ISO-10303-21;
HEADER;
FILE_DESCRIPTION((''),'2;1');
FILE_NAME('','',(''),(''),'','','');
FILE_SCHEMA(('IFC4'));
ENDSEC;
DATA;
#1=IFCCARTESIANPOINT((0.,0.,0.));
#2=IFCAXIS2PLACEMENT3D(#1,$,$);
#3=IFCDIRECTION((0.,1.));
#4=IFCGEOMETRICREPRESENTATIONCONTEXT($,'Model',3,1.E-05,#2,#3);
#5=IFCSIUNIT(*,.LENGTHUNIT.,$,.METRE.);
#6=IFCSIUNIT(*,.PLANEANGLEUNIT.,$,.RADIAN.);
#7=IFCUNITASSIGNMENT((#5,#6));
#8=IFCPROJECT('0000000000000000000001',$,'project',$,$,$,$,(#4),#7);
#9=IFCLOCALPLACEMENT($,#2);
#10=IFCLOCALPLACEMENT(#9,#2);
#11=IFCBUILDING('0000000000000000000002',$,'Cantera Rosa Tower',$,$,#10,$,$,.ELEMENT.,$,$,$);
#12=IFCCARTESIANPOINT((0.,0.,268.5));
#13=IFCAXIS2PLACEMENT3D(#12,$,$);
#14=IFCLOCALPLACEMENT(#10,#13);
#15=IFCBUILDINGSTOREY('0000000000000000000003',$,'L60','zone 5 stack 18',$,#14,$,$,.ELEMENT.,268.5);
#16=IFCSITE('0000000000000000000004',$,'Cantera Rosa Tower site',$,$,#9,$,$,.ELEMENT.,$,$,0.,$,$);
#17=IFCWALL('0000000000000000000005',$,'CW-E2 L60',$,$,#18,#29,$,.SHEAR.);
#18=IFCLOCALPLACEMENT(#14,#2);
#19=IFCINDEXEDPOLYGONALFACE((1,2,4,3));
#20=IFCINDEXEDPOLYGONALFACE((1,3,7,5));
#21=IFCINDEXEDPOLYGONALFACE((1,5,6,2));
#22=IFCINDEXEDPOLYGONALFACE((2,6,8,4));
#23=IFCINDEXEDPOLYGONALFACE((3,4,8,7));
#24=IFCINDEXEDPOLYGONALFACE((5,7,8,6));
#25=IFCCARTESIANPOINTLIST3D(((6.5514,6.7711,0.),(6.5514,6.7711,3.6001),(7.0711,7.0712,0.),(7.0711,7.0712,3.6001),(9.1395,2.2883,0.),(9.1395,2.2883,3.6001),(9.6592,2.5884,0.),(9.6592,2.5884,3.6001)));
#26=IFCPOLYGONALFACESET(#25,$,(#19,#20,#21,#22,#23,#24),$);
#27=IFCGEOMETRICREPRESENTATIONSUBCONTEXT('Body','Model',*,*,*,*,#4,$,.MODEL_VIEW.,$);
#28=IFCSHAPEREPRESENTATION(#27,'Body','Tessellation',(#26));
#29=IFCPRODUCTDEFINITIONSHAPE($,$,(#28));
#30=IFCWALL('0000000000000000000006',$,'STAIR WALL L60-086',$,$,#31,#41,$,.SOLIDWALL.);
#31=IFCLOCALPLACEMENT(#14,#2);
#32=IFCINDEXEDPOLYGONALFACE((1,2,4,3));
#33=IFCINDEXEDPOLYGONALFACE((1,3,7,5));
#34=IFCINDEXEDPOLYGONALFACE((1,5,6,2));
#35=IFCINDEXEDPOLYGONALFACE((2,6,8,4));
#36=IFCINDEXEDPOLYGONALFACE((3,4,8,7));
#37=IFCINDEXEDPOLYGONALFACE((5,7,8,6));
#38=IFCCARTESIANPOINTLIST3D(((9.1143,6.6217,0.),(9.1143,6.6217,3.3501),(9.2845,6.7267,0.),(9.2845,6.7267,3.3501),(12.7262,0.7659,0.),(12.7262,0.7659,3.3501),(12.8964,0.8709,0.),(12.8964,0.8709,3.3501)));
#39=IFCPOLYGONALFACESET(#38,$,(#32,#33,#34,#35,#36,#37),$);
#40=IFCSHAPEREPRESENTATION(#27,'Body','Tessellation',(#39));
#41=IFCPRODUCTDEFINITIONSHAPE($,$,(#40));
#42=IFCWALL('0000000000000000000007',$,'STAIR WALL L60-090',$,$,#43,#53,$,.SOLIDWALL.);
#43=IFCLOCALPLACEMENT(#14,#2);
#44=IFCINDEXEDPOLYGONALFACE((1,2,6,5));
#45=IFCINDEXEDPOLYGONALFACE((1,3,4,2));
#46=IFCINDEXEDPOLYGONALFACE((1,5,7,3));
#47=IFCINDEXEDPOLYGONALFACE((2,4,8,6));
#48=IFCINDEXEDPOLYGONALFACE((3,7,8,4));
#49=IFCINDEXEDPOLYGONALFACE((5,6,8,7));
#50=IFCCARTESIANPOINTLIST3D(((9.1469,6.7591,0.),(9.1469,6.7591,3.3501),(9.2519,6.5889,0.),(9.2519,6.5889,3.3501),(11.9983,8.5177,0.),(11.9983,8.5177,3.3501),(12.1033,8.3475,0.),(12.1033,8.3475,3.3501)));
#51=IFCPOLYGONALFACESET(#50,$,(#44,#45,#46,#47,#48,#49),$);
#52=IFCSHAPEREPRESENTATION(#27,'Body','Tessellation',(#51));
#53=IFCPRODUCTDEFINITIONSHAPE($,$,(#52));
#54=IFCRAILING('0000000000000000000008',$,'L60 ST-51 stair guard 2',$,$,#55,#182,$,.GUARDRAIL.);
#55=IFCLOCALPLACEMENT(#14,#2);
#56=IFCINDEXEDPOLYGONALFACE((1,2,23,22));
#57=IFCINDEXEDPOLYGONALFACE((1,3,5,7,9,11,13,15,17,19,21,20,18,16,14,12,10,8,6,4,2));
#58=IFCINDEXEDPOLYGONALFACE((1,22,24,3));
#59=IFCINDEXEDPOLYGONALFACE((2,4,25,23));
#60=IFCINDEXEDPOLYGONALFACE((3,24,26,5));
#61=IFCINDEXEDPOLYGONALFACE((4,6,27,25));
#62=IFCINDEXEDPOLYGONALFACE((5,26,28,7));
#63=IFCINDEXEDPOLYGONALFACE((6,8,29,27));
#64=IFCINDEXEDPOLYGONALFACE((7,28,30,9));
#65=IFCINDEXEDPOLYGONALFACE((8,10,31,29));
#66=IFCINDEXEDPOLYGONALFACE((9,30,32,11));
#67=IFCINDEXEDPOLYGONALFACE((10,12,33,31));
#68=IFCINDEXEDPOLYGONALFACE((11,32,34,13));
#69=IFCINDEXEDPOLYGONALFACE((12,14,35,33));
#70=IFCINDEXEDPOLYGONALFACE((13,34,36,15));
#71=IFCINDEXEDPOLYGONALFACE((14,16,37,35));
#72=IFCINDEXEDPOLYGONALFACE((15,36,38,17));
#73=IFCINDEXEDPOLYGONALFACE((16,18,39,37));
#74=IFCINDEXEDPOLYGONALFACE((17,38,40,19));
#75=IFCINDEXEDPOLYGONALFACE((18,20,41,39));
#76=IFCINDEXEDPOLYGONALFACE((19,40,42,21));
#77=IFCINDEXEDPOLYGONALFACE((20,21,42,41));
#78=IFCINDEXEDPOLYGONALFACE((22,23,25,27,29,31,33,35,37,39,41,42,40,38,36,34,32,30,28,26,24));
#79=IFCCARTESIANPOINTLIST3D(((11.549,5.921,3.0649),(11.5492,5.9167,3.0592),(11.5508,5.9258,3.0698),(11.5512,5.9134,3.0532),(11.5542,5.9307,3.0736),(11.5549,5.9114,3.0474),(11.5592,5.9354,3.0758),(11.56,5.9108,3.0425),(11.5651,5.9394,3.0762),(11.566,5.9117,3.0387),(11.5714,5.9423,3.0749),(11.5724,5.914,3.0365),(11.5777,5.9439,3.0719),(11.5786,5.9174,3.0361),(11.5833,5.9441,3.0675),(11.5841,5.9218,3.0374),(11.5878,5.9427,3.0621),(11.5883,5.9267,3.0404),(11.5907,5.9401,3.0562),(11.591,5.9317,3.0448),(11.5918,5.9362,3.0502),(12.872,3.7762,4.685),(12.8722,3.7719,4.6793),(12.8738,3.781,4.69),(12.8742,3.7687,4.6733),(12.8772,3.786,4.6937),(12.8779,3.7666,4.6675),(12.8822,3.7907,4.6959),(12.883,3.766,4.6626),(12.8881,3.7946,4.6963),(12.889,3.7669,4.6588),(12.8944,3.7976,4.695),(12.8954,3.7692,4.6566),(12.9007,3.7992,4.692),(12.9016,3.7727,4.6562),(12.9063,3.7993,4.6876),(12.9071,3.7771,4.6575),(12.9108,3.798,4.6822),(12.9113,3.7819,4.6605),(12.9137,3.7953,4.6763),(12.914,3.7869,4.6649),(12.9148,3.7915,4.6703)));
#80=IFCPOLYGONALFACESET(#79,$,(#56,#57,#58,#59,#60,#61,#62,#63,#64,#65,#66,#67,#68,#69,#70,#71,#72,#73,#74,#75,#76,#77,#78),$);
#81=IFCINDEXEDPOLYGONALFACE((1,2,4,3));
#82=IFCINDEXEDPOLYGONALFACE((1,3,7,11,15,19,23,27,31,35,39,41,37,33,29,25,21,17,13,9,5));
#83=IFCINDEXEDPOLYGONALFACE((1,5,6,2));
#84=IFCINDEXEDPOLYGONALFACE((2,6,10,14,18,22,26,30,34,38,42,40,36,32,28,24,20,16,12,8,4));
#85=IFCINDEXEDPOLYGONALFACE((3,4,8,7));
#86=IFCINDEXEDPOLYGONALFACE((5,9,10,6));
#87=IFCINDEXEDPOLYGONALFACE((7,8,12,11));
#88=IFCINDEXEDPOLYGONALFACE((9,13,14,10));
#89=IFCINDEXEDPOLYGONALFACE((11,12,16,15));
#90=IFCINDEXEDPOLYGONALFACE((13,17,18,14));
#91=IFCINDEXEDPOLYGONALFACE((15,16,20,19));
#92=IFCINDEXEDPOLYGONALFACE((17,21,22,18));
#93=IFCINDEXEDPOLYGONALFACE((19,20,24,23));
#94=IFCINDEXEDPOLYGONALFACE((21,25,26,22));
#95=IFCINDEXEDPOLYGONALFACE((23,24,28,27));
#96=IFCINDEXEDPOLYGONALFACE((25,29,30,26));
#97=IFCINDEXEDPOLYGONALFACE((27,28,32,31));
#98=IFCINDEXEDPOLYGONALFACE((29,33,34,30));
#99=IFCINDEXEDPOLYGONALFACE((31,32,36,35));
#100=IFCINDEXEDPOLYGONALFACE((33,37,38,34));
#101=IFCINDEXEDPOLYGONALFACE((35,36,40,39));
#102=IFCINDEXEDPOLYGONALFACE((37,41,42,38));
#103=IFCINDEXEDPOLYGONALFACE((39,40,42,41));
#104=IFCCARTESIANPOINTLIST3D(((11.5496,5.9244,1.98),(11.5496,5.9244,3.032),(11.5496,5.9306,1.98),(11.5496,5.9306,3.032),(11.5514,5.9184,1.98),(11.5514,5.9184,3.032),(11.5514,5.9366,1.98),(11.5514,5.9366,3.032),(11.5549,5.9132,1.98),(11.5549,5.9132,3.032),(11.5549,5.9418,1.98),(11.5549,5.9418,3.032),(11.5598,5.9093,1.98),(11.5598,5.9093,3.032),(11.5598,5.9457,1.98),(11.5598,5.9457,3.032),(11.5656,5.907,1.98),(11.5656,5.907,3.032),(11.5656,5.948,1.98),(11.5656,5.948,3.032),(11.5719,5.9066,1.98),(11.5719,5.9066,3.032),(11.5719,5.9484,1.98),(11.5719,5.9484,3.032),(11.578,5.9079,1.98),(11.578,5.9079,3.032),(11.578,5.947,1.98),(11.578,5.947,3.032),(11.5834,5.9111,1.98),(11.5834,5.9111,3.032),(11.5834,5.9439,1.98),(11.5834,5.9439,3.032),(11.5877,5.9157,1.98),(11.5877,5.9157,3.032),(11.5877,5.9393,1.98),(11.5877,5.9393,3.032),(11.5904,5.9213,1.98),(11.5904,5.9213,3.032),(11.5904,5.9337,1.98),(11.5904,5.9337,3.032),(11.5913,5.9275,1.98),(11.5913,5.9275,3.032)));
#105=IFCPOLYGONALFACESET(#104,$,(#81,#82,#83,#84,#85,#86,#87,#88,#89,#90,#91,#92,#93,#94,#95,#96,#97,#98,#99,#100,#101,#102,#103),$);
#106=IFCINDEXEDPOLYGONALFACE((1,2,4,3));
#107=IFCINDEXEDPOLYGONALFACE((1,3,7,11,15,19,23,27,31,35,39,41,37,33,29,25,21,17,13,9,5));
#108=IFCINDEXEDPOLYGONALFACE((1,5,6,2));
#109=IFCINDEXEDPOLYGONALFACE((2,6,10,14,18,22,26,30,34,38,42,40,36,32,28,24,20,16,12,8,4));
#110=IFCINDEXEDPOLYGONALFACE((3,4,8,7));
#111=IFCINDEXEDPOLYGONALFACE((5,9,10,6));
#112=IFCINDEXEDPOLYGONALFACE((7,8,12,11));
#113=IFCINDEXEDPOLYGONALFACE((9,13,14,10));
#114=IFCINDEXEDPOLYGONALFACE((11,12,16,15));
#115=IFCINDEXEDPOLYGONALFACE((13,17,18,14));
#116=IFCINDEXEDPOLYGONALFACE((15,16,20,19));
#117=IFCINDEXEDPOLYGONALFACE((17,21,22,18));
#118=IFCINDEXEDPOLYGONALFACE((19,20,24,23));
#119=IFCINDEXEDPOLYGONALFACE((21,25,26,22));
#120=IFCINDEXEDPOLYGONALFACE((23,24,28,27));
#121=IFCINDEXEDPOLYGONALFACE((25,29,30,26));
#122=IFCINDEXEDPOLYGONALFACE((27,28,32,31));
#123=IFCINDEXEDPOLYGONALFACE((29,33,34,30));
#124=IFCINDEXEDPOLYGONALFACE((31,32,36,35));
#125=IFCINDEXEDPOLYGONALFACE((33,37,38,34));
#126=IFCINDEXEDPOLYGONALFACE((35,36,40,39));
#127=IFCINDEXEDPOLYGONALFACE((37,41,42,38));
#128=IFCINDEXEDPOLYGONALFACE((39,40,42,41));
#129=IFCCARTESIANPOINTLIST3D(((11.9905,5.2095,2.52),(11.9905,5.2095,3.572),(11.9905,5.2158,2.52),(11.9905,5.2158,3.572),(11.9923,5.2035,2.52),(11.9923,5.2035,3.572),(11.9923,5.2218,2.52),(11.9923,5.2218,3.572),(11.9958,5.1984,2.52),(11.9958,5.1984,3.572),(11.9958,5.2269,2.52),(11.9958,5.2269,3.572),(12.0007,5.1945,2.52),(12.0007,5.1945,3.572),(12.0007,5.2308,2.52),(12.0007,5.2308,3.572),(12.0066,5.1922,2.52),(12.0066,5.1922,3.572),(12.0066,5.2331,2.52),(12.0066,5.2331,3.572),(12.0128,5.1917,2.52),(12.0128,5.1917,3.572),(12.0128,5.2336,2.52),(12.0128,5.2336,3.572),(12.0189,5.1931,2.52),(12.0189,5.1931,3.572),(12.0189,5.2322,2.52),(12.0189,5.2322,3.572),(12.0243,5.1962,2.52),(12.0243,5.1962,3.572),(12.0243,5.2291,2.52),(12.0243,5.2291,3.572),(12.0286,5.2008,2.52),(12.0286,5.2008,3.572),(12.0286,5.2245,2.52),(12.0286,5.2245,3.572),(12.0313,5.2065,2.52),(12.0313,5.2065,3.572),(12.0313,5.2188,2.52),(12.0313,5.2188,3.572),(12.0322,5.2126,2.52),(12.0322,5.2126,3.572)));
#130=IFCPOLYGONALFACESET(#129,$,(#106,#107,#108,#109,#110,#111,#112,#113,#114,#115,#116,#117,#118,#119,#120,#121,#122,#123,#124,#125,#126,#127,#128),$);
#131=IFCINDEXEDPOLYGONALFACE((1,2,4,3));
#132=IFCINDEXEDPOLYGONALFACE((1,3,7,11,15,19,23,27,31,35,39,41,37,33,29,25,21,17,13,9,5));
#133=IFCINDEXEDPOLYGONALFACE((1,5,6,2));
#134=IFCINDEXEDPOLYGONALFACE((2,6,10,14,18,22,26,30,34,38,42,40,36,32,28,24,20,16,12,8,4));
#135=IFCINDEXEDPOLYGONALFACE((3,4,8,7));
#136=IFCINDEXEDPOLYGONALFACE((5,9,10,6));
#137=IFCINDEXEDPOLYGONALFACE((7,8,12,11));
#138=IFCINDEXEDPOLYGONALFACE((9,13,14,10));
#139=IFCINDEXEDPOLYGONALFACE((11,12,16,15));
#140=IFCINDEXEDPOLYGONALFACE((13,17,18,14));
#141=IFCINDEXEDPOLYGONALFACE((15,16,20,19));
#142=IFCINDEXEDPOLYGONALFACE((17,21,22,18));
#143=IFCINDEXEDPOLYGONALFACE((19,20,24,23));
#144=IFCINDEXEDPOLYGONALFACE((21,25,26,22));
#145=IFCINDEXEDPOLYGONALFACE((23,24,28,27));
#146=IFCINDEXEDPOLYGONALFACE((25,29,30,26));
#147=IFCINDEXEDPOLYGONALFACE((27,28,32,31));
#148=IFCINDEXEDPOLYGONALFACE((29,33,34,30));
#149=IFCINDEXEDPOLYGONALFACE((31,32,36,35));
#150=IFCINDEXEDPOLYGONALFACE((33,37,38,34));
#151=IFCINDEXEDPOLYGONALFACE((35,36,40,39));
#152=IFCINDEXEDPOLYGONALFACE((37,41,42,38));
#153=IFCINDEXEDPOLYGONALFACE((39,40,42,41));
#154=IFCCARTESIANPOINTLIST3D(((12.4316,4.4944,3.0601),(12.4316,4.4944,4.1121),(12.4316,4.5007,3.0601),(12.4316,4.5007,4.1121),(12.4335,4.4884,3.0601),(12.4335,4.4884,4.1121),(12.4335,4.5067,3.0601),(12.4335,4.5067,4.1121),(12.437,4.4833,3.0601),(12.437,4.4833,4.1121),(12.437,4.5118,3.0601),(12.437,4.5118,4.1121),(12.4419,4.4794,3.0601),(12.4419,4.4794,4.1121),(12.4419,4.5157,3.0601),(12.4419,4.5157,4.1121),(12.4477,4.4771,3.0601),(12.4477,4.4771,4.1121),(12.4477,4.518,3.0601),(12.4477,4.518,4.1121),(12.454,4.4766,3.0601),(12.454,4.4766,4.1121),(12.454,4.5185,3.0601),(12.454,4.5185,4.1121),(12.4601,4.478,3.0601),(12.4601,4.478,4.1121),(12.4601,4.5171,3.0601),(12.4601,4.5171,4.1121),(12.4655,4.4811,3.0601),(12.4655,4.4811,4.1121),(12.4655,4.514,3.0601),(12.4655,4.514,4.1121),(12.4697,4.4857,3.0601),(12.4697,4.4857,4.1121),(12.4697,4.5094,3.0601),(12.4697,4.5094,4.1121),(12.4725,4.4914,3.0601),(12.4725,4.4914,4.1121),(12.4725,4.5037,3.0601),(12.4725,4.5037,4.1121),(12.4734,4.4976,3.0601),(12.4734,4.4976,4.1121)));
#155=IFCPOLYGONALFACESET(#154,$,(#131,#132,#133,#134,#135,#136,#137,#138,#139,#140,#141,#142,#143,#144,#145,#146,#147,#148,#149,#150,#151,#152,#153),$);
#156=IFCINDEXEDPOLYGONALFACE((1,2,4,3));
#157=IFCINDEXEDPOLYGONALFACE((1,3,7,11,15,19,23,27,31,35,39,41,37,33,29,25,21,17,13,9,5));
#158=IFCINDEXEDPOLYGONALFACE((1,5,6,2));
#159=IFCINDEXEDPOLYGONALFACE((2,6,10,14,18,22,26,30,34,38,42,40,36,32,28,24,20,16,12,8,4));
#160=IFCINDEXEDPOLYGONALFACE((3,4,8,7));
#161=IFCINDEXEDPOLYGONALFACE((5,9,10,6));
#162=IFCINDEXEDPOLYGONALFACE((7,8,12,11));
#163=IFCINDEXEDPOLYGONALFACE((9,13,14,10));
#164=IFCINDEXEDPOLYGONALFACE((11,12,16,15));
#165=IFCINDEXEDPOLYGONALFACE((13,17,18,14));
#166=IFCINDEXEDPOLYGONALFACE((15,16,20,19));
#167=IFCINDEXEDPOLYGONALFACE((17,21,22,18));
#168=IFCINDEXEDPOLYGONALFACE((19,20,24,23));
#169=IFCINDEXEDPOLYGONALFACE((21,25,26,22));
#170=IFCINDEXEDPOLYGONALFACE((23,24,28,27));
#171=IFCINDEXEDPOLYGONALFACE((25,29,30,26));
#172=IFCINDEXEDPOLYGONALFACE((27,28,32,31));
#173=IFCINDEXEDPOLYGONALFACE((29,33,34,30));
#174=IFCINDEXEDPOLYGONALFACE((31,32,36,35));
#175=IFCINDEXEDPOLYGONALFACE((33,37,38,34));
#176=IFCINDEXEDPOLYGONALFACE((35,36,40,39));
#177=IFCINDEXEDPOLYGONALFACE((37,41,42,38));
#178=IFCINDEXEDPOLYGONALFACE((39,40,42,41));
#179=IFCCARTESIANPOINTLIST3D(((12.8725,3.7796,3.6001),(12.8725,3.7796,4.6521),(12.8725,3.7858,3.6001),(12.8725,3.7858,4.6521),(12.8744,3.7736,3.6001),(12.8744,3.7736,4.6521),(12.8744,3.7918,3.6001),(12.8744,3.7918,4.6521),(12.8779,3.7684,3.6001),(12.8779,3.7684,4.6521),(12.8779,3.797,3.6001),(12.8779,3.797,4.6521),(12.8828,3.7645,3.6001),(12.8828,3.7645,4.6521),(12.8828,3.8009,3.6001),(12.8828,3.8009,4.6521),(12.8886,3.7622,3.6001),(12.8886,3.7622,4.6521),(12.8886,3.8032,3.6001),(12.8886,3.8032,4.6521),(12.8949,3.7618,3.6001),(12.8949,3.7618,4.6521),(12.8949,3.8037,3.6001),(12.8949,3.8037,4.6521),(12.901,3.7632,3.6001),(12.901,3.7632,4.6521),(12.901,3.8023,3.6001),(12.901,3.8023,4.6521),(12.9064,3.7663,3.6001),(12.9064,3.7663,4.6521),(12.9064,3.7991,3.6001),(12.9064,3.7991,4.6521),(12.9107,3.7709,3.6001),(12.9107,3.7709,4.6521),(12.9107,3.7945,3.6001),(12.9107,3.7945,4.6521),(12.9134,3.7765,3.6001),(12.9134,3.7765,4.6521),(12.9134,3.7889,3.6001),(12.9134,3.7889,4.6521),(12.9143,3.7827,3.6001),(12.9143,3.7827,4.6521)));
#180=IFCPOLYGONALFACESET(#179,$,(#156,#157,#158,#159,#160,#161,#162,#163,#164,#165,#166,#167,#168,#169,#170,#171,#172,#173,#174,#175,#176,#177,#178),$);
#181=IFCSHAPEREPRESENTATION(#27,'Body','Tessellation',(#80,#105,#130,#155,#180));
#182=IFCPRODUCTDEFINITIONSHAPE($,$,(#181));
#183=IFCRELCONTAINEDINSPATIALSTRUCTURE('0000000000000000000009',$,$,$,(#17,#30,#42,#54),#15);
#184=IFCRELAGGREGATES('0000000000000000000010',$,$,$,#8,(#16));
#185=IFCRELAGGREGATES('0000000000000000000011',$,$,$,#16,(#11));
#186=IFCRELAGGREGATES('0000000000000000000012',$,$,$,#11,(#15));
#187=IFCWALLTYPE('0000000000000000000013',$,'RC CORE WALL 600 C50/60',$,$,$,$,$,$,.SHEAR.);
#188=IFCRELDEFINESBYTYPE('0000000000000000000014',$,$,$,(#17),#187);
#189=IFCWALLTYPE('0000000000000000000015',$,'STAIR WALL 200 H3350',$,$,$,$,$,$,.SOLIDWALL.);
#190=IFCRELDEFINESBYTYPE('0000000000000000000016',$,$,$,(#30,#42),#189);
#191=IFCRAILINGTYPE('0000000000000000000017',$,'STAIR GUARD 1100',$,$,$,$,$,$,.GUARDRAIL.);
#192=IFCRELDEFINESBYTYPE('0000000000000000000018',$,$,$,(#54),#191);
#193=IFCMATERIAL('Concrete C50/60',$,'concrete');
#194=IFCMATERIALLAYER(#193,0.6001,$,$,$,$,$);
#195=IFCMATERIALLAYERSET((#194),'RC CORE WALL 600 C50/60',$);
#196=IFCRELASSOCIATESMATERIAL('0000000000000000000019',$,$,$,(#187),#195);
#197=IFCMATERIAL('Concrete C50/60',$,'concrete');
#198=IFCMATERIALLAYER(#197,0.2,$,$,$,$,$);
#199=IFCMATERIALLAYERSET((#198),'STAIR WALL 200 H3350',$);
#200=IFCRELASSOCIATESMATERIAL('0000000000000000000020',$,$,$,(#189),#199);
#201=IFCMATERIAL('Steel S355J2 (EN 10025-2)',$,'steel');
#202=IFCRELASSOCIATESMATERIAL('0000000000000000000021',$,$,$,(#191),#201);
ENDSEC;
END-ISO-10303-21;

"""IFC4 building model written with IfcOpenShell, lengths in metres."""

from ifc_helpers import new_model, si_unit, direction, frame, frame_2d, origin, origin_2d, place, context, subcontext, project, spatial, rectangle, circle, extrude, material, layer, layer_set, type_object, element, save


model = new_model("IFC4")

# Units and contexts
model_context = context("Model", 3, precision=1e-05, world=origin(), true_north=direction((0.0, 1.0)))
body_context = subcontext(model_context, "Body", "Model", "MODEL_VIEW")
ifc_project = project(units=[si_unit("LENGTHUNIT", "METRE"), si_unit("PLANEANGLEUNIT", "RADIAN")], contexts=[model_context])

# Site, building, storey
site_placement = place(None, origin())
site = spatial("IfcSite", under=ifc_project, at=site_placement, Name="Cantera Rosa Tower site", CompositionType="ELEMENT", RefElevation=0.0)
building_placement = place(site_placement, origin())
building = spatial("IfcBuilding", under=site, at=building_placement, Name="Cantera Rosa Tower", CompositionType="ELEMENT")
storey_placement = place(building_placement, frame((0.0, 0.0, 268.5)))
storey = spatial("IfcBuildingStorey", under=building, at=storey_placement, Name="L60", Description="zone 5 stack 18", CompositionType="ELEMENT", Elevation=268.5)

# Walls
ifc_material_1 = material(Name="Concrete C50/60", Category="concrete")
ifc_layer_1 = layer(ifc_material_1, 0.6001)
ifc_layer_set_1 = layer_set([ifc_layer_1], Name="RC CORE WALL 600 C50/60")
wall_type_1 = type_object("IfcWallType", Name="RC CORE WALL 600 C50/60", PredefinedType="SHEAR", material=ifc_layer_set_1)
wall_1_placement = place(storey_placement, frame((6.8113, 6.9211, 0.0), z_axis=(0.0, 0.0, 1.0), x_axis=(0.499989, -0.866032, 0.0)))
element("IfcWall", 1, at=wall_1_placement, inside=storey, type_object=wall_type_1, Name="CW-E2 L60", PredefinedType="SHEAR", context=body_context, shape_type="SweptSolid", body=[
    extrude(rectangle(XDim=5.1763, YDim=0.6001, at=frame_2d((2.5881, 0.0))), origin(), (0.0, 0.0, 1.0), 3.6001),
])
ifc_material_2 = material(Name="Concrete C50/60", Category="concrete")
ifc_layer_2 = layer(ifc_material_2, 0.2)
ifc_layer_set_2 = layer_set([ifc_layer_2], Name="STAIR WALL 200 H3350")
wall_type_2 = type_object("IfcWallType", Name="STAIR WALL 200 H3350", PredefinedType="SOLIDWALL", material=ifc_layer_set_2)
wall_2_placement = place(storey_placement, frame((9.1995, 6.6741, 0.0), z_axis=(0.0, 0.0, 1.0), x_axis=(0.524972, -0.851119, 0.0)))
element("IfcWall", 2, at=wall_2_placement, inside=storey, type_object=wall_type_2, Name="STAIR WALL L60-086", PredefinedType="SOLIDWALL", context=body_context, shape_type="SweptSolid", body=[
    extrude(rectangle(XDim=6.8801, YDim=0.2, at=frame_2d((3.4399, 0.0))), origin(), (0.0, 0.0, 1.0), 3.3501),
])
wall_3_placement = place(storey_placement, frame((12.0508, 8.4326, 0.0), z_axis=(0.0, 0.0, 1.0), x_axis=(-0.85114, -0.524939, 0.0)))
element("IfcWall", 3, at=wall_3_placement, inside=storey, type_object=wall_type_2, Name="STAIR WALL L60-090", PredefinedType="SOLIDWALL", context=body_context, shape_type="SweptSolid", body=[
    extrude(rectangle(XDim=3.3501, YDim=0.2, at=frame_2d((1.675, 0.0))), origin(), (0.0, 0.0, 1.0), 3.3501),
])

# Railing
ifc_material_3 = material(Name="Steel S355J2 (EN 10025-2)", Category="steel")
railing_type = type_object("IfcRailingType", Name="STAIR GUARD 1100", PredefinedType="GUARDRAIL", material=ifc_material_3)
railing_1_placement = place(storey_placement, frame((11.5703, 5.9275, 1.98)))
element("IfcRailing", 4, at=railing_1_placement, inside=storey, type_object=railing_type, Name="L60 ST-51 stair guard 2", PredefinedType="GUARDRAIL", context=body_context, shape_type="SweptSolid", body=[
    extrude(circle(Radius=0.0239, at=origin_2d()), frame((0.0, 0.0, 1.0762), z_axis=(0.441609, -0.715914, 0.540786), x_axis=(0.851102, 0.525, 0.0)), (0.0, 0.0, 1.0), 2.9958),
    extrude(circle(Radius=0.021, at=origin_2d()), origin(), (0.0, 0.0, 1.0), 1.052),
    extrude(circle(Radius=0.021, at=origin_2d()), frame((0.4409, -0.7148, 0.54)), (0.0, 0.0, 1.0), 1.052),
    extrude(circle(Radius=0.021, at=origin_2d()), frame((0.8821, -1.4299, 1.0801)), (0.0, 0.0, 1.0), 1.052),
    extrude(circle(Radius=0.021, at=origin_2d()), frame((1.323, -2.1448, 1.6201)), (0.0, 0.0, 1.0), 1.052),
])

save(model, "model.ifc")
